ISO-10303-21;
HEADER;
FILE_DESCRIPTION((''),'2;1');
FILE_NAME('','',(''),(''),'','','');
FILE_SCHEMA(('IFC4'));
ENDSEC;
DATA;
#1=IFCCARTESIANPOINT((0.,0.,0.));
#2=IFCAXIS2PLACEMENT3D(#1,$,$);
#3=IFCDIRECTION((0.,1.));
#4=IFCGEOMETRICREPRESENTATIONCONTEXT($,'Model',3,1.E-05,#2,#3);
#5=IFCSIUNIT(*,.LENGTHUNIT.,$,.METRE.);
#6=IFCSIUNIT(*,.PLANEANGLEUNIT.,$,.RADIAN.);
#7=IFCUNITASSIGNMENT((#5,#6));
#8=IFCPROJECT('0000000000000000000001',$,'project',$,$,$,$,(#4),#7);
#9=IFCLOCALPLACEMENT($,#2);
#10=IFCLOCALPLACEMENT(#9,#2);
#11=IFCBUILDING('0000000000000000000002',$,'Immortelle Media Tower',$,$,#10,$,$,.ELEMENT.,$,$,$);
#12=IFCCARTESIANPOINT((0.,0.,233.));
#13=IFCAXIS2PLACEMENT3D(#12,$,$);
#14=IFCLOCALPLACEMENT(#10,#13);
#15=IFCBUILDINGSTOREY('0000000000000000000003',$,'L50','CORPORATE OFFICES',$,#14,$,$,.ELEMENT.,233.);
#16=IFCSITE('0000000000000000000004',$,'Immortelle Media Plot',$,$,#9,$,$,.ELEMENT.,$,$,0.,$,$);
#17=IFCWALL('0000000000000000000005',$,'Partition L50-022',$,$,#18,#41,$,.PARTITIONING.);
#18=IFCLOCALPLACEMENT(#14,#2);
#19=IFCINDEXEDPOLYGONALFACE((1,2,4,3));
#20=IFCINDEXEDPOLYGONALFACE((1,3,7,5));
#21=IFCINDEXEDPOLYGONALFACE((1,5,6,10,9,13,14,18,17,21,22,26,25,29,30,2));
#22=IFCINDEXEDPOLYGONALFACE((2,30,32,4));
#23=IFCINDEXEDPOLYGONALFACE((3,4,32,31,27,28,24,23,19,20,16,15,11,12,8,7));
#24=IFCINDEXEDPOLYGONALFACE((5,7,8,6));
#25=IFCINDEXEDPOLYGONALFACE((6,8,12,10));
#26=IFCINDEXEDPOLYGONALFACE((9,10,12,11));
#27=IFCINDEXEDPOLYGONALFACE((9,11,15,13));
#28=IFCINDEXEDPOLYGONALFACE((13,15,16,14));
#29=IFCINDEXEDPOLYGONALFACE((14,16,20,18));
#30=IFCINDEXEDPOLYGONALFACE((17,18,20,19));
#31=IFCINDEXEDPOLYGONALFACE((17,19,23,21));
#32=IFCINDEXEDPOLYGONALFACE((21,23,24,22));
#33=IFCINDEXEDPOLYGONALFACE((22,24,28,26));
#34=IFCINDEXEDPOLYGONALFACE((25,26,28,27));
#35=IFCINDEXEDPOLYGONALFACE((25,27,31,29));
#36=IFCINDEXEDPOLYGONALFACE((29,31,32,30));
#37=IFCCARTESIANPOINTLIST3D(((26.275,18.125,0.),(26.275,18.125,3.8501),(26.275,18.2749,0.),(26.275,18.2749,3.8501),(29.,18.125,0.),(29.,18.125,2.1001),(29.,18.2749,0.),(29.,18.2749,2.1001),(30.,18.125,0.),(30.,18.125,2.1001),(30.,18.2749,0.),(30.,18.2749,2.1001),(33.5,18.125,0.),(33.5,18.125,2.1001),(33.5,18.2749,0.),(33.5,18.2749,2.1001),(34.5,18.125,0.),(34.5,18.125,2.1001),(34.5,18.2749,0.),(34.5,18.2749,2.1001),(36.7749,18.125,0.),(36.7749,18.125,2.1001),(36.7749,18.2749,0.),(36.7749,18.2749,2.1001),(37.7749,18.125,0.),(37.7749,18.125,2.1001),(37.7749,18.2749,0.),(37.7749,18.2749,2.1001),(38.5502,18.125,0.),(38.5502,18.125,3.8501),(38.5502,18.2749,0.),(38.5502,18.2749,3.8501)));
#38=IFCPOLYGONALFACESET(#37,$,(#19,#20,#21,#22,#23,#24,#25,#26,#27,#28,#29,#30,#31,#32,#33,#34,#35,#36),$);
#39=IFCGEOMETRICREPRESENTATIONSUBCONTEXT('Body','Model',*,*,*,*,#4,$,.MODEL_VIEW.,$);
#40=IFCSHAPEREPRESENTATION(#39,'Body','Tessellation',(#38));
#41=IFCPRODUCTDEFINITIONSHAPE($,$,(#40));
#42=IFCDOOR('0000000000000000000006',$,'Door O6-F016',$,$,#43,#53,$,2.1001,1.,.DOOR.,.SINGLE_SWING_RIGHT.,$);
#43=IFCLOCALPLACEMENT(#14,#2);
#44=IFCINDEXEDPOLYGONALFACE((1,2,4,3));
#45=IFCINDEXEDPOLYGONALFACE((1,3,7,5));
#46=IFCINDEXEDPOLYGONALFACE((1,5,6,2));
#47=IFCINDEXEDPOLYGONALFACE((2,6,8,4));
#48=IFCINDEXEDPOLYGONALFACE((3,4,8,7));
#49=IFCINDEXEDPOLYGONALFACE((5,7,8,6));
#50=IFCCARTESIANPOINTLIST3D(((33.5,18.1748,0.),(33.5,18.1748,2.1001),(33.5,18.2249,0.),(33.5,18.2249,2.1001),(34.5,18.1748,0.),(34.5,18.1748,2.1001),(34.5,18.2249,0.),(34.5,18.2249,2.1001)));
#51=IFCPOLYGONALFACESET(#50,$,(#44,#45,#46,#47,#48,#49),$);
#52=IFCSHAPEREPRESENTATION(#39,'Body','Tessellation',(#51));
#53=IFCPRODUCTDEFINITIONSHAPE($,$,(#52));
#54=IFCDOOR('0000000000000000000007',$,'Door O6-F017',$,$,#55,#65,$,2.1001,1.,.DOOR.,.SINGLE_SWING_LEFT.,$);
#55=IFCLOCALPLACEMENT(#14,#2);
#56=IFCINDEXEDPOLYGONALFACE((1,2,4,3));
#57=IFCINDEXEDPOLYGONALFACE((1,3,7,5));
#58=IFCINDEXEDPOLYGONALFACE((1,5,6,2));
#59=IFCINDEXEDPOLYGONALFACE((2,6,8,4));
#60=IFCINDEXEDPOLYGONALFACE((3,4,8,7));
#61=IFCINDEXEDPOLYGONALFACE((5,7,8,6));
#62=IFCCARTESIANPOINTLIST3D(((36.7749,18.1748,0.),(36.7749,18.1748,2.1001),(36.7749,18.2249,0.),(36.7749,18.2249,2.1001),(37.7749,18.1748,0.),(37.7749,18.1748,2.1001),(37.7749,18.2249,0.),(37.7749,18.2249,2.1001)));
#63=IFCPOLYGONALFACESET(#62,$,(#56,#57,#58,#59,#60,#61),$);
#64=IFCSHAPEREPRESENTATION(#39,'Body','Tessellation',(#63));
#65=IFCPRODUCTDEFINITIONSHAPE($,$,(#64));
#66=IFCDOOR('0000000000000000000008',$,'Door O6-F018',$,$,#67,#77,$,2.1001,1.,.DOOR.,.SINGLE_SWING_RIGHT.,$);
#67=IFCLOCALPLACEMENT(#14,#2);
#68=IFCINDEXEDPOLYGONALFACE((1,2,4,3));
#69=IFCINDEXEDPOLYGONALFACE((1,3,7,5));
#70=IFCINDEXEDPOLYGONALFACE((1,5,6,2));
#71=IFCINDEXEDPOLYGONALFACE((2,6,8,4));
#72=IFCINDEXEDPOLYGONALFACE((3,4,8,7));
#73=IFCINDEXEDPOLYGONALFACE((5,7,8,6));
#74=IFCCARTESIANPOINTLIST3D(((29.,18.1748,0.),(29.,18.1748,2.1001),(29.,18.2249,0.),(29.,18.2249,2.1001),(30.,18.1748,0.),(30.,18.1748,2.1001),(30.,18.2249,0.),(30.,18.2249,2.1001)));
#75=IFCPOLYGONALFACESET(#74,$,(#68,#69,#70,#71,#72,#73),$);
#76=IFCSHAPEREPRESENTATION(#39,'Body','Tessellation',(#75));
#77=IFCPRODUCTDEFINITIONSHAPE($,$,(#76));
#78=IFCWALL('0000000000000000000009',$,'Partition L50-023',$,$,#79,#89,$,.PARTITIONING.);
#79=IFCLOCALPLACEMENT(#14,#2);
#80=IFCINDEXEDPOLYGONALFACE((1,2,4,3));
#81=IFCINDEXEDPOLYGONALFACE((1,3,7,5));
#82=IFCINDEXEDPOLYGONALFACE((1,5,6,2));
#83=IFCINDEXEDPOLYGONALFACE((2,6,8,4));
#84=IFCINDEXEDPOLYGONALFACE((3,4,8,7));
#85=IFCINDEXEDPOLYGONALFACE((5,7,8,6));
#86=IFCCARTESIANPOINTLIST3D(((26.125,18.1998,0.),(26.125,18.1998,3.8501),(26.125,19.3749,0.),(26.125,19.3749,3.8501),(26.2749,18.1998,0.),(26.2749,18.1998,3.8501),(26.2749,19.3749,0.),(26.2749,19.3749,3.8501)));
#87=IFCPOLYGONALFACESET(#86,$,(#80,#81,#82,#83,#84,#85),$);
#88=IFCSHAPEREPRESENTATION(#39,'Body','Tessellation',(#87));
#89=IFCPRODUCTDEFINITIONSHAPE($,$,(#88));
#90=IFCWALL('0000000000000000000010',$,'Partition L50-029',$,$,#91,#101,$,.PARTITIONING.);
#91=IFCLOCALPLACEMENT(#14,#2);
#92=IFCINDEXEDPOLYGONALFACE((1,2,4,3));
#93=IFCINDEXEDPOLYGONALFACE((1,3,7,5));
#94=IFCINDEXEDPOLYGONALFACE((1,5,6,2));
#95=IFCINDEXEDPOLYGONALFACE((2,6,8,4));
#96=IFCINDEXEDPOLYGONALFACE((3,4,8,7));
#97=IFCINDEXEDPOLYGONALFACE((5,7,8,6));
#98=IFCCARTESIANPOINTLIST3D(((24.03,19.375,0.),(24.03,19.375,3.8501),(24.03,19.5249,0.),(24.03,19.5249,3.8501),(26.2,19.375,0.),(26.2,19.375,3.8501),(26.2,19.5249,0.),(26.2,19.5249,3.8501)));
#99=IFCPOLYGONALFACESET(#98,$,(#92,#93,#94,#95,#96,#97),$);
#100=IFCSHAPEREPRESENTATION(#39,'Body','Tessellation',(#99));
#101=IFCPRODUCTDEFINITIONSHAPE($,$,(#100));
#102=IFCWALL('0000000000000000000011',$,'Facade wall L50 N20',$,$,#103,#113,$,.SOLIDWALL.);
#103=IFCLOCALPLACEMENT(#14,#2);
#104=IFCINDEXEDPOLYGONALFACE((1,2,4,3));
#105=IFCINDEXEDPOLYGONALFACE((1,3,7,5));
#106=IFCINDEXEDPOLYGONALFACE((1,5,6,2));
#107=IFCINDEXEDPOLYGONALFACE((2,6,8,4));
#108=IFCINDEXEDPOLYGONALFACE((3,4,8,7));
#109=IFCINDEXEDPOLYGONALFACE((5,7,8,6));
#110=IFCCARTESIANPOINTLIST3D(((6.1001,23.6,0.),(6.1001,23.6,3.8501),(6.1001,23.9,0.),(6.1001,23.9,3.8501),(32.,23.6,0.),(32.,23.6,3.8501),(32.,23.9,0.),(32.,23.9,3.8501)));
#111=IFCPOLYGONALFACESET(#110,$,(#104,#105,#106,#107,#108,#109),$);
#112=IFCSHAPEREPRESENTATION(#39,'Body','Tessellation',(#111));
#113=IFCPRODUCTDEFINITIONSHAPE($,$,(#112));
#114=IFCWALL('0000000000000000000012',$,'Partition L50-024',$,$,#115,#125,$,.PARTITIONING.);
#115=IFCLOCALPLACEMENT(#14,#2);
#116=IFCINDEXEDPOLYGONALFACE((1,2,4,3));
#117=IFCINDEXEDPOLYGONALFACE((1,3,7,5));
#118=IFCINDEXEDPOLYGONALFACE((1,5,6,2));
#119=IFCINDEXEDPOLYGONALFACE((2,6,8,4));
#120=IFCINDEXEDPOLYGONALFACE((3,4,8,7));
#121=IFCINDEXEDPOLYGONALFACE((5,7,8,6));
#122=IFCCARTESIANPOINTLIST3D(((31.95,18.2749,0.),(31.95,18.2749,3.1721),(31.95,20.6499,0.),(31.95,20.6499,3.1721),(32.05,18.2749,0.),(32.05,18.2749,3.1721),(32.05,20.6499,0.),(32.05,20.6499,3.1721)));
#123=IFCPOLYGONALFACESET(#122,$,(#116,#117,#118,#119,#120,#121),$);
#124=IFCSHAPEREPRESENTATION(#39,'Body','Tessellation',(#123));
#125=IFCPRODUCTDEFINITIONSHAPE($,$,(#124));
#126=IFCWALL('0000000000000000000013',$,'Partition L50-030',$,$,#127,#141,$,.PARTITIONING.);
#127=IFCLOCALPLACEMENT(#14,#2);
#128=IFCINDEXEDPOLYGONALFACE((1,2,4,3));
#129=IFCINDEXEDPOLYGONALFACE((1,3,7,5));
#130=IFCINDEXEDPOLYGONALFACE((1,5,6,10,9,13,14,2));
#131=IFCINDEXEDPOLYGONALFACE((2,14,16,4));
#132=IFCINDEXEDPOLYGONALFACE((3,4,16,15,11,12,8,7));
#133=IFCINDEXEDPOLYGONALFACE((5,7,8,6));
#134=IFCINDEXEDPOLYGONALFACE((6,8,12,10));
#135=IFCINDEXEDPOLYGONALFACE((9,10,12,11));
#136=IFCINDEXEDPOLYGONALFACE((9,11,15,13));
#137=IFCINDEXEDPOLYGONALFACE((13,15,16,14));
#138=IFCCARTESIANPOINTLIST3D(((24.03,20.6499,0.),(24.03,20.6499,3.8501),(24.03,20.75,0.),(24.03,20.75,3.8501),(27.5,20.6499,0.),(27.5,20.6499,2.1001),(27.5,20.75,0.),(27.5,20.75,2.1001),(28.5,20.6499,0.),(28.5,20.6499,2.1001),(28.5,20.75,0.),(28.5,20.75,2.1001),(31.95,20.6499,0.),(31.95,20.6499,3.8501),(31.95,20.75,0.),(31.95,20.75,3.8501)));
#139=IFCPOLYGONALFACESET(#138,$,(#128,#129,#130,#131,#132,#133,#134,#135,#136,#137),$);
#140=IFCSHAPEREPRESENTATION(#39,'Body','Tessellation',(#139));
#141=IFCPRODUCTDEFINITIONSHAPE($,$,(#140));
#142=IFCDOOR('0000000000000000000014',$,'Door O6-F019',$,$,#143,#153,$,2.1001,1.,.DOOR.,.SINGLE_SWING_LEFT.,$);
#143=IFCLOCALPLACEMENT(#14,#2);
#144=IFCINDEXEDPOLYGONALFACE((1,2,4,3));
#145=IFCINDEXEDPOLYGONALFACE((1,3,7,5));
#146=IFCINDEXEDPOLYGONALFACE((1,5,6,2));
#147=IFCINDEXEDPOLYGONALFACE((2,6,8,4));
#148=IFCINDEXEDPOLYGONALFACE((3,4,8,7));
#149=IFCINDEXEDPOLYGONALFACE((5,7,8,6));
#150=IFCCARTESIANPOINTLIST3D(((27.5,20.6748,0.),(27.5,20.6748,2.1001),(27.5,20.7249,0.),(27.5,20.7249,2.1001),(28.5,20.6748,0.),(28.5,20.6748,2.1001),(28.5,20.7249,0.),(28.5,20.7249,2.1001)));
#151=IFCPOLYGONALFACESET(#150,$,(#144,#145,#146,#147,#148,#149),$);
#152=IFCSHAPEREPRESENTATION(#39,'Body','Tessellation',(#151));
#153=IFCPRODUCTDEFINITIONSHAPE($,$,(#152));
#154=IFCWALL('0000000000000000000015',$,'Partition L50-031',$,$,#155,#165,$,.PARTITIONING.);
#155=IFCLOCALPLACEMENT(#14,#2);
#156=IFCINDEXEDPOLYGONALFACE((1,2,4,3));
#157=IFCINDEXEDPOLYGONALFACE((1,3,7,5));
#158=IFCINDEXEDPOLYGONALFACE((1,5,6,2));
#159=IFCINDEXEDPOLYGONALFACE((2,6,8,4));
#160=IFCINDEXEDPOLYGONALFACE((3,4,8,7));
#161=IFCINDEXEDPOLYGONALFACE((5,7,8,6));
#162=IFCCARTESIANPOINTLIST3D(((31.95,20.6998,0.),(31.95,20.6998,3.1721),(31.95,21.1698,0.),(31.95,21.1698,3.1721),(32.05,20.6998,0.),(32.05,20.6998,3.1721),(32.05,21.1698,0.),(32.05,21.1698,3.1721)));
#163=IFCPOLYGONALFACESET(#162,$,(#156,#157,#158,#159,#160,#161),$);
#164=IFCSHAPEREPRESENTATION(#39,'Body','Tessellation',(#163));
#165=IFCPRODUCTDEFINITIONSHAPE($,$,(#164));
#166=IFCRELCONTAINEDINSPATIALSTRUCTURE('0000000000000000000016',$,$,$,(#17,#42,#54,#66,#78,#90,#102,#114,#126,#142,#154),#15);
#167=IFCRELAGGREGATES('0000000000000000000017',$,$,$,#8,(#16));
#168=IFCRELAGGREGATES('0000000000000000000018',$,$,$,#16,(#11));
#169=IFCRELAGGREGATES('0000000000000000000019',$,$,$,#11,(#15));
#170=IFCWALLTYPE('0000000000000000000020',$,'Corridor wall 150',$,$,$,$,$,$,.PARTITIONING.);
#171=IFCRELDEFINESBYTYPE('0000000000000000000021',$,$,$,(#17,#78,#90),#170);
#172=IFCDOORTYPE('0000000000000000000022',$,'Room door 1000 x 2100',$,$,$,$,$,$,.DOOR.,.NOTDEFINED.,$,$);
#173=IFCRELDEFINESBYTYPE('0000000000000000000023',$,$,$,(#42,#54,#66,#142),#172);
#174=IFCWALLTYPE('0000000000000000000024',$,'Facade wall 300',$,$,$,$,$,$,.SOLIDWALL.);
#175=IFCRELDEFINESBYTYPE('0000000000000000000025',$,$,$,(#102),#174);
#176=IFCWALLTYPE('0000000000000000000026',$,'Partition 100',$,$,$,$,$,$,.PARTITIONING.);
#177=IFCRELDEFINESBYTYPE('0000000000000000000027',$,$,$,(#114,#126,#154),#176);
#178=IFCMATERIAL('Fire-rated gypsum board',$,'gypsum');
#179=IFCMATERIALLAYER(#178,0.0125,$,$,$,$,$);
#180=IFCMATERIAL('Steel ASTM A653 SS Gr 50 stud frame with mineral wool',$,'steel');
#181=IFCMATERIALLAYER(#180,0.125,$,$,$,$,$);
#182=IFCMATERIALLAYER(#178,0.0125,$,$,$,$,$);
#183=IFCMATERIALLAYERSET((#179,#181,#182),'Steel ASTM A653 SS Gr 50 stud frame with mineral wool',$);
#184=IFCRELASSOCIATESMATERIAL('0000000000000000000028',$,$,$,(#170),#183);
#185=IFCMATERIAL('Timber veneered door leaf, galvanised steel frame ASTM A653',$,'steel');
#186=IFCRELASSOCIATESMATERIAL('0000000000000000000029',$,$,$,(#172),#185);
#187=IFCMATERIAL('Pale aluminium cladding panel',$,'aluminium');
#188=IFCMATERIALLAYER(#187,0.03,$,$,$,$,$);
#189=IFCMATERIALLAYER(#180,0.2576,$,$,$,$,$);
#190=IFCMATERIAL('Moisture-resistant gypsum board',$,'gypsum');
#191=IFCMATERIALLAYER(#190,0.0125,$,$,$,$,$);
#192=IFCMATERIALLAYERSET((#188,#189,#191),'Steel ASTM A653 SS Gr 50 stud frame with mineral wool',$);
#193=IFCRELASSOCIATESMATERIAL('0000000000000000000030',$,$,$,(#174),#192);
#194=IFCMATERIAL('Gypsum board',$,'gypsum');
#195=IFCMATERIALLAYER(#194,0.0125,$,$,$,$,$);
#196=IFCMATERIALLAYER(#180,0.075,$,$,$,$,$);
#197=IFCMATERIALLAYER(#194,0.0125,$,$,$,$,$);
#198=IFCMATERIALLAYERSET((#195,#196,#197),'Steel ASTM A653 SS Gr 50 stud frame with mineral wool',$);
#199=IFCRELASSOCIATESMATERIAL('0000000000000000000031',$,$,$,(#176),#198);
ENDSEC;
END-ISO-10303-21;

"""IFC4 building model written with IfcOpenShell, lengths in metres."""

from ifc_helpers import new_model, si_unit, direction, frame, frame_2d, origin, place, context, subcontext, project, spatial, rectangle, extrude, material, layer, layer_set, type_object, element, fill, save


model = new_model("IFC4")

# Units and contexts
model_context = context("Model", 3, precision=1e-05, world=origin(), true_north=direction((0.0, 1.0)))
body_context = subcontext(model_context, "Body", "Model", "MODEL_VIEW")
ifc_project = project(units=[si_unit("LENGTHUNIT", "METRE"), si_unit("PLANEANGLEUNIT", "RADIAN")], contexts=[model_context])

# Site, building, storey
site_placement = place(None, origin())
site = spatial("IfcSite", under=ifc_project, at=site_placement, Name="Immortelle Media Plot", CompositionType="ELEMENT", RefElevation=0.0)
building_placement = place(site_placement, origin())
building = spatial("IfcBuilding", under=site, at=building_placement, Name="Immortelle Media Tower", CompositionType="ELEMENT")
storey_placement = place(building_placement, frame((0.0, 0.0, 233.0)))
storey = spatial("IfcBuildingStorey", under=building, at=storey_placement, Name="L50", Description="CORPORATE OFFICES", CompositionType="ELEMENT", Elevation=233.0)

# Shared definitions
ifc_material_1 = material(Name="Fire-rated gypsum board", Category="gypsum")
ifc_material_2 = material(Name="Steel ASTM A653 SS Gr 50 stud frame with mineral wool", Category="steel")

# Wall, openings, doors
ifc_layer_1 = layer(ifc_material_1, 0.0125)
ifc_layer_2 = layer(ifc_material_2, 0.125)
ifc_layer_3 = layer(ifc_material_1, 0.0125)
ifc_layer_set_1 = layer_set([ifc_layer_1, ifc_layer_2, ifc_layer_3], Name="Steel ASTM A653 SS Gr 50 stud frame with mineral wool")
wall_type_1 = type_object("IfcWallType", Name="Corridor wall 150", PredefinedType="PARTITIONING", material=ifc_layer_set_1)
wall_1_placement = place(storey_placement, frame((26.2749, 18.2, 0.0), z_axis=(0.0, 0.0, 1.0), x_axis=(1.0, 0.0, 0.0)))
wall_1 = element("IfcWall", 1, at=wall_1_placement, inside=storey, type_object=wall_type_1, Name="Partition L50-022", PredefinedType="PARTITIONING", context=body_context, shape_type="SweptSolid", body=[
    extrude(rectangle(XDim=12.2751, YDim=0.1499, at=frame_2d((6.1377, 0.0))), origin(), (0.0, 0.0, 1.0), 3.8501),
])
opening_1_placement = place(wall_1_placement, frame((7.2251, 0.0, 0.0)))
opening_1 = element("IfcOpeningElement", 2, at=opening_1_placement, cuts=wall_1, PredefinedType="OPENING", context=body_context, shape_type="SweptSolid", body=[
    extrude(rectangle(XDim=1.0, YDim=2.1001, at=frame_2d((0.5, 1.05))), frame((0.0, 0.085, 0.0), z_axis=(0.0, -1.0, 0.0), x_axis=(1.0, 0.0, 0.0)), (0.0, 0.0, 1.0), 0.1699),
])
opening_2_placement = place(wall_1_placement, frame((10.5, 0.0, 0.0)))
opening_2 = element("IfcOpeningElement", 3, at=opening_2_placement, cuts=wall_1, PredefinedType="OPENING", context=body_context, shape_type="SweptSolid", body=[
    extrude(rectangle(XDim=1.0, YDim=2.1001, at=frame_2d((0.5, 1.05))), frame((0.0, 0.085, 0.0), z_axis=(0.0, -1.0, 0.0), x_axis=(1.0, 0.0, 0.0)), (0.0, 0.0, 1.0), 0.1699),
])
opening_3_placement = place(wall_1_placement, frame((2.7251, 0.0, 0.0)))
opening_3 = element("IfcOpeningElement", 4, at=opening_3_placement, cuts=wall_1, PredefinedType="OPENING", context=body_context, shape_type="SweptSolid", body=[
    extrude(rectangle(XDim=1.0, YDim=2.1001, at=frame_2d((0.5, 1.05))), frame((0.0, 0.085, 0.0), z_axis=(0.0, -1.0, 0.0), x_axis=(1.0, 0.0, 0.0)), (0.0, 0.0, 1.0), 0.1699),
])
ifc_material_3 = material(Name="Timber veneered door leaf, galvanised steel frame ASTM A653", Category="steel")
door_type = type_object("IfcDoorType", Name="Room door 1000 x 2100", OperationType="NOTDEFINED", PredefinedType="DOOR", material=ifc_material_3)
door_1_placement = place(opening_1_placement, origin())
door_1 = element("IfcDoor", 5, at=door_1_placement, inside=storey, type_object=door_type, Name="Door O6-F016", OperationType="SINGLE_SWING_RIGHT", OverallHeight=2.1001, OverallWidth=1.0, PredefinedType="DOOR", context=body_context, shape_type="SweptSolid", body=[
    extrude(rectangle(XDim=1.0, YDim=2.1001, at=frame_2d((0.5, 1.05))), frame((0.0, 0.0249, 0.0), z_axis=(0.0, -1.0, 0.0), x_axis=(1.0, 0.0, 0.0)), (0.0, 0.0, 1.0), 0.05),
])
fill(opening_1, door_1)
door_2_placement = place(opening_2_placement, origin())
door_2 = element("IfcDoor", 6, at=door_2_placement, inside=storey, type_object=door_type, Name="Door O6-F017", OperationType="SINGLE_SWING_LEFT", OverallHeight=2.1001, OverallWidth=1.0, PredefinedType="DOOR", context=body_context, shape_type="SweptSolid", body=[
    extrude(rectangle(XDim=1.0, YDim=2.1001, at=frame_2d((0.5, 1.05))), frame((0.0, 0.0249, 0.0), z_axis=(0.0, -1.0, 0.0), x_axis=(1.0, 0.0, 0.0)), (0.0, 0.0, 1.0), 0.05),
])
fill(opening_2, door_2)
door_3_placement = place(opening_3_placement, origin())
door_3 = element("IfcDoor", 7, at=door_3_placement, inside=storey, type_object=door_type, Name="Door O6-F018", OperationType="SINGLE_SWING_RIGHT", OverallHeight=2.1001, OverallWidth=1.0, PredefinedType="DOOR", context=body_context, shape_type="SweptSolid", body=[
    extrude(rectangle(XDim=1.0, YDim=2.1001, at=frame_2d((0.5, 1.05))), frame((0.0, 0.0249, 0.0), z_axis=(0.0, -1.0, 0.0), x_axis=(1.0, 0.0, 0.0)), (0.0, 0.0, 1.0), 0.05),
])
fill(opening_3, door_3)

# Walls
wall_2_placement = place(storey_placement, frame((26.2, 18.2, 0.0), z_axis=(0.0, 0.0, 1.0), x_axis=(0.0, 1.0, 0.0)))
element("IfcWall", 8, at=wall_2_placement, inside=storey, type_object=wall_type_1, Name="Partition L50-023", PredefinedType="PARTITIONING", context=body_context, shape_type="SweptSolid", body=[
    extrude(rectangle(XDim=1.175, YDim=0.1499, at=frame_2d((0.5874, 0.0))), origin(), (0.0, 0.0, 1.0), 3.8501),
])
wall_3_placement = place(storey_placement, frame((24.03, 19.45, 0.0), z_axis=(0.0, 0.0, 1.0), x_axis=(1.0, 0.0, 0.0)))
element("IfcWall", 9, at=wall_3_placement, inside=storey, type_object=wall_type_1, Name="Partition L50-029", PredefinedType="PARTITIONING", context=body_context, shape_type="SweptSolid", body=[
    extrude(rectangle(XDim=2.1699, YDim=0.1499, at=frame_2d((1.085, 0.0))), origin(), (0.0, 0.0, 1.0), 3.8501),
])
ifc_material_4 = material(Name="Pale aluminium cladding panel", Category="aluminium")
ifc_layer_4 = layer(ifc_material_4, 0.03)
ifc_layer_5 = layer(ifc_material_2, 0.2576)
ifc_material_5 = material(Name="Moisture-resistant gypsum board", Category="gypsum")
ifc_layer_6 = layer(ifc_material_5, 0.0125)
ifc_layer_set_2 = layer_set([ifc_layer_4, ifc_layer_5, ifc_layer_6], Name="Steel ASTM A653 SS Gr 50 stud frame with mineral wool")
wall_type_2 = type_object("IfcWallType", Name="Facade wall 300", PredefinedType="SOLIDWALL", material=ifc_layer_set_2)
wall_4_placement = place(storey_placement, frame((32.0, 23.75, 0.0), z_axis=(0.0, 0.0, 1.0), x_axis=(-1.0, 0.0, 0.0)))
element("IfcWall", 10, at=wall_4_placement, inside=storey, type_object=wall_type_2, Name="Facade wall L50 N20", PredefinedType="SOLIDWALL", context=body_context, shape_type="SweptSolid", body=[
    extrude(rectangle(XDim=25.8999, YDim=0.3, at=frame_2d((12.95, 0.0))), origin(), (0.0, 0.0, 1.0), 3.8501),
])
ifc_material_6 = material(Name="Gypsum board", Category="gypsum")
ifc_layer_7 = layer(ifc_material_6, 0.0125)
ifc_layer_8 = layer(ifc_material_2, 0.075)
ifc_layer_9 = layer(ifc_material_6, 0.0125)
ifc_layer_set_3 = layer_set([ifc_layer_7, ifc_layer_8, ifc_layer_9], Name="Steel ASTM A653 SS Gr 50 stud frame with mineral wool")
wall_type_3 = type_object("IfcWallType", Name="Partition 100", PredefinedType="PARTITIONING", material=ifc_layer_set_3)
wall_5_placement = place(storey_placement, frame((32.0, 18.2749, 0.0), z_axis=(0.0, 0.0, 1.0), x_axis=(0.0, 1.0, 0.0)))
element("IfcWall", 11, at=wall_5_placement, inside=storey, type_object=wall_type_3, Name="Partition L50-024", PredefinedType="PARTITIONING", context=body_context, shape_type="SweptSolid", body=[
    extrude(rectangle(XDim=2.375, YDim=0.1001, at=frame_2d((1.1875, 0.0))), origin(), (0.0, 0.0, 1.0), 3.1721),
])

# Wall, opening, door
wall_6_placement = place(storey_placement, frame((24.03, 20.7, 0.0), z_axis=(0.0, 0.0, 1.0), x_axis=(1.0, 0.0, 0.0)))
wall_6 = element("IfcWall", 12, at=wall_6_placement, inside=storey, type_object=wall_type_3, Name="Partition L50-030", PredefinedType="PARTITIONING", context=body_context, shape_type="SweptSolid", body=[
    extrude(rectangle(XDim=7.9199, YDim=0.1001, at=frame_2d((3.96, 0.0))), origin(), (0.0, 0.0, 1.0), 3.8501),
])
opening_4_placement = place(wall_6_placement, frame((3.47, 0.0, 0.0)))
opening_4 = element("IfcOpeningElement", 13, at=opening_4_placement, cuts=wall_6, PredefinedType="OPENING", context=body_context, shape_type="SweptSolid", body=[
    extrude(rectangle(XDim=1.0, YDim=2.1001, at=frame_2d((0.5, 1.05))), frame((0.0, 0.0601, 0.0), z_axis=(0.0, -1.0, 0.0), x_axis=(1.0, 0.0, 0.0)), (0.0, 0.0, 1.0), 0.1201),
])
door_4_placement = place(opening_4_placement, origin())
door_4 = element("IfcDoor", 14, at=door_4_placement, inside=storey, type_object=door_type, Name="Door O6-F019", OperationType="SINGLE_SWING_LEFT", OverallHeight=2.1001, OverallWidth=1.0, PredefinedType="DOOR", context=body_context, shape_type="SweptSolid", body=[
    extrude(rectangle(XDim=1.0, YDim=2.1001, at=frame_2d((0.5, 1.05))), frame((0.0, 0.0249, 0.0), z_axis=(0.0, -1.0, 0.0), x_axis=(1.0, 0.0, 0.0)), (0.0, 0.0, 1.0), 0.05),
])
fill(opening_4, door_4)

# Wall
wall_7_placement = place(storey_placement, frame((32.0, 20.7, 0.0), z_axis=(0.0, 0.0, 1.0), x_axis=(0.0, 1.0, 0.0)))
element("IfcWall", 15, at=wall_7_placement, inside=storey, type_object=wall_type_3, Name="Partition L50-031", PredefinedType="PARTITIONING", context=body_context, shape_type="SweptSolid", body=[
    extrude(rectangle(XDim=0.47, YDim=0.1001, at=frame_2d((0.2349, 0.0))), origin(), (0.0, 0.0, 1.0), 3.1721),
])

save(model, "model.ifc")
